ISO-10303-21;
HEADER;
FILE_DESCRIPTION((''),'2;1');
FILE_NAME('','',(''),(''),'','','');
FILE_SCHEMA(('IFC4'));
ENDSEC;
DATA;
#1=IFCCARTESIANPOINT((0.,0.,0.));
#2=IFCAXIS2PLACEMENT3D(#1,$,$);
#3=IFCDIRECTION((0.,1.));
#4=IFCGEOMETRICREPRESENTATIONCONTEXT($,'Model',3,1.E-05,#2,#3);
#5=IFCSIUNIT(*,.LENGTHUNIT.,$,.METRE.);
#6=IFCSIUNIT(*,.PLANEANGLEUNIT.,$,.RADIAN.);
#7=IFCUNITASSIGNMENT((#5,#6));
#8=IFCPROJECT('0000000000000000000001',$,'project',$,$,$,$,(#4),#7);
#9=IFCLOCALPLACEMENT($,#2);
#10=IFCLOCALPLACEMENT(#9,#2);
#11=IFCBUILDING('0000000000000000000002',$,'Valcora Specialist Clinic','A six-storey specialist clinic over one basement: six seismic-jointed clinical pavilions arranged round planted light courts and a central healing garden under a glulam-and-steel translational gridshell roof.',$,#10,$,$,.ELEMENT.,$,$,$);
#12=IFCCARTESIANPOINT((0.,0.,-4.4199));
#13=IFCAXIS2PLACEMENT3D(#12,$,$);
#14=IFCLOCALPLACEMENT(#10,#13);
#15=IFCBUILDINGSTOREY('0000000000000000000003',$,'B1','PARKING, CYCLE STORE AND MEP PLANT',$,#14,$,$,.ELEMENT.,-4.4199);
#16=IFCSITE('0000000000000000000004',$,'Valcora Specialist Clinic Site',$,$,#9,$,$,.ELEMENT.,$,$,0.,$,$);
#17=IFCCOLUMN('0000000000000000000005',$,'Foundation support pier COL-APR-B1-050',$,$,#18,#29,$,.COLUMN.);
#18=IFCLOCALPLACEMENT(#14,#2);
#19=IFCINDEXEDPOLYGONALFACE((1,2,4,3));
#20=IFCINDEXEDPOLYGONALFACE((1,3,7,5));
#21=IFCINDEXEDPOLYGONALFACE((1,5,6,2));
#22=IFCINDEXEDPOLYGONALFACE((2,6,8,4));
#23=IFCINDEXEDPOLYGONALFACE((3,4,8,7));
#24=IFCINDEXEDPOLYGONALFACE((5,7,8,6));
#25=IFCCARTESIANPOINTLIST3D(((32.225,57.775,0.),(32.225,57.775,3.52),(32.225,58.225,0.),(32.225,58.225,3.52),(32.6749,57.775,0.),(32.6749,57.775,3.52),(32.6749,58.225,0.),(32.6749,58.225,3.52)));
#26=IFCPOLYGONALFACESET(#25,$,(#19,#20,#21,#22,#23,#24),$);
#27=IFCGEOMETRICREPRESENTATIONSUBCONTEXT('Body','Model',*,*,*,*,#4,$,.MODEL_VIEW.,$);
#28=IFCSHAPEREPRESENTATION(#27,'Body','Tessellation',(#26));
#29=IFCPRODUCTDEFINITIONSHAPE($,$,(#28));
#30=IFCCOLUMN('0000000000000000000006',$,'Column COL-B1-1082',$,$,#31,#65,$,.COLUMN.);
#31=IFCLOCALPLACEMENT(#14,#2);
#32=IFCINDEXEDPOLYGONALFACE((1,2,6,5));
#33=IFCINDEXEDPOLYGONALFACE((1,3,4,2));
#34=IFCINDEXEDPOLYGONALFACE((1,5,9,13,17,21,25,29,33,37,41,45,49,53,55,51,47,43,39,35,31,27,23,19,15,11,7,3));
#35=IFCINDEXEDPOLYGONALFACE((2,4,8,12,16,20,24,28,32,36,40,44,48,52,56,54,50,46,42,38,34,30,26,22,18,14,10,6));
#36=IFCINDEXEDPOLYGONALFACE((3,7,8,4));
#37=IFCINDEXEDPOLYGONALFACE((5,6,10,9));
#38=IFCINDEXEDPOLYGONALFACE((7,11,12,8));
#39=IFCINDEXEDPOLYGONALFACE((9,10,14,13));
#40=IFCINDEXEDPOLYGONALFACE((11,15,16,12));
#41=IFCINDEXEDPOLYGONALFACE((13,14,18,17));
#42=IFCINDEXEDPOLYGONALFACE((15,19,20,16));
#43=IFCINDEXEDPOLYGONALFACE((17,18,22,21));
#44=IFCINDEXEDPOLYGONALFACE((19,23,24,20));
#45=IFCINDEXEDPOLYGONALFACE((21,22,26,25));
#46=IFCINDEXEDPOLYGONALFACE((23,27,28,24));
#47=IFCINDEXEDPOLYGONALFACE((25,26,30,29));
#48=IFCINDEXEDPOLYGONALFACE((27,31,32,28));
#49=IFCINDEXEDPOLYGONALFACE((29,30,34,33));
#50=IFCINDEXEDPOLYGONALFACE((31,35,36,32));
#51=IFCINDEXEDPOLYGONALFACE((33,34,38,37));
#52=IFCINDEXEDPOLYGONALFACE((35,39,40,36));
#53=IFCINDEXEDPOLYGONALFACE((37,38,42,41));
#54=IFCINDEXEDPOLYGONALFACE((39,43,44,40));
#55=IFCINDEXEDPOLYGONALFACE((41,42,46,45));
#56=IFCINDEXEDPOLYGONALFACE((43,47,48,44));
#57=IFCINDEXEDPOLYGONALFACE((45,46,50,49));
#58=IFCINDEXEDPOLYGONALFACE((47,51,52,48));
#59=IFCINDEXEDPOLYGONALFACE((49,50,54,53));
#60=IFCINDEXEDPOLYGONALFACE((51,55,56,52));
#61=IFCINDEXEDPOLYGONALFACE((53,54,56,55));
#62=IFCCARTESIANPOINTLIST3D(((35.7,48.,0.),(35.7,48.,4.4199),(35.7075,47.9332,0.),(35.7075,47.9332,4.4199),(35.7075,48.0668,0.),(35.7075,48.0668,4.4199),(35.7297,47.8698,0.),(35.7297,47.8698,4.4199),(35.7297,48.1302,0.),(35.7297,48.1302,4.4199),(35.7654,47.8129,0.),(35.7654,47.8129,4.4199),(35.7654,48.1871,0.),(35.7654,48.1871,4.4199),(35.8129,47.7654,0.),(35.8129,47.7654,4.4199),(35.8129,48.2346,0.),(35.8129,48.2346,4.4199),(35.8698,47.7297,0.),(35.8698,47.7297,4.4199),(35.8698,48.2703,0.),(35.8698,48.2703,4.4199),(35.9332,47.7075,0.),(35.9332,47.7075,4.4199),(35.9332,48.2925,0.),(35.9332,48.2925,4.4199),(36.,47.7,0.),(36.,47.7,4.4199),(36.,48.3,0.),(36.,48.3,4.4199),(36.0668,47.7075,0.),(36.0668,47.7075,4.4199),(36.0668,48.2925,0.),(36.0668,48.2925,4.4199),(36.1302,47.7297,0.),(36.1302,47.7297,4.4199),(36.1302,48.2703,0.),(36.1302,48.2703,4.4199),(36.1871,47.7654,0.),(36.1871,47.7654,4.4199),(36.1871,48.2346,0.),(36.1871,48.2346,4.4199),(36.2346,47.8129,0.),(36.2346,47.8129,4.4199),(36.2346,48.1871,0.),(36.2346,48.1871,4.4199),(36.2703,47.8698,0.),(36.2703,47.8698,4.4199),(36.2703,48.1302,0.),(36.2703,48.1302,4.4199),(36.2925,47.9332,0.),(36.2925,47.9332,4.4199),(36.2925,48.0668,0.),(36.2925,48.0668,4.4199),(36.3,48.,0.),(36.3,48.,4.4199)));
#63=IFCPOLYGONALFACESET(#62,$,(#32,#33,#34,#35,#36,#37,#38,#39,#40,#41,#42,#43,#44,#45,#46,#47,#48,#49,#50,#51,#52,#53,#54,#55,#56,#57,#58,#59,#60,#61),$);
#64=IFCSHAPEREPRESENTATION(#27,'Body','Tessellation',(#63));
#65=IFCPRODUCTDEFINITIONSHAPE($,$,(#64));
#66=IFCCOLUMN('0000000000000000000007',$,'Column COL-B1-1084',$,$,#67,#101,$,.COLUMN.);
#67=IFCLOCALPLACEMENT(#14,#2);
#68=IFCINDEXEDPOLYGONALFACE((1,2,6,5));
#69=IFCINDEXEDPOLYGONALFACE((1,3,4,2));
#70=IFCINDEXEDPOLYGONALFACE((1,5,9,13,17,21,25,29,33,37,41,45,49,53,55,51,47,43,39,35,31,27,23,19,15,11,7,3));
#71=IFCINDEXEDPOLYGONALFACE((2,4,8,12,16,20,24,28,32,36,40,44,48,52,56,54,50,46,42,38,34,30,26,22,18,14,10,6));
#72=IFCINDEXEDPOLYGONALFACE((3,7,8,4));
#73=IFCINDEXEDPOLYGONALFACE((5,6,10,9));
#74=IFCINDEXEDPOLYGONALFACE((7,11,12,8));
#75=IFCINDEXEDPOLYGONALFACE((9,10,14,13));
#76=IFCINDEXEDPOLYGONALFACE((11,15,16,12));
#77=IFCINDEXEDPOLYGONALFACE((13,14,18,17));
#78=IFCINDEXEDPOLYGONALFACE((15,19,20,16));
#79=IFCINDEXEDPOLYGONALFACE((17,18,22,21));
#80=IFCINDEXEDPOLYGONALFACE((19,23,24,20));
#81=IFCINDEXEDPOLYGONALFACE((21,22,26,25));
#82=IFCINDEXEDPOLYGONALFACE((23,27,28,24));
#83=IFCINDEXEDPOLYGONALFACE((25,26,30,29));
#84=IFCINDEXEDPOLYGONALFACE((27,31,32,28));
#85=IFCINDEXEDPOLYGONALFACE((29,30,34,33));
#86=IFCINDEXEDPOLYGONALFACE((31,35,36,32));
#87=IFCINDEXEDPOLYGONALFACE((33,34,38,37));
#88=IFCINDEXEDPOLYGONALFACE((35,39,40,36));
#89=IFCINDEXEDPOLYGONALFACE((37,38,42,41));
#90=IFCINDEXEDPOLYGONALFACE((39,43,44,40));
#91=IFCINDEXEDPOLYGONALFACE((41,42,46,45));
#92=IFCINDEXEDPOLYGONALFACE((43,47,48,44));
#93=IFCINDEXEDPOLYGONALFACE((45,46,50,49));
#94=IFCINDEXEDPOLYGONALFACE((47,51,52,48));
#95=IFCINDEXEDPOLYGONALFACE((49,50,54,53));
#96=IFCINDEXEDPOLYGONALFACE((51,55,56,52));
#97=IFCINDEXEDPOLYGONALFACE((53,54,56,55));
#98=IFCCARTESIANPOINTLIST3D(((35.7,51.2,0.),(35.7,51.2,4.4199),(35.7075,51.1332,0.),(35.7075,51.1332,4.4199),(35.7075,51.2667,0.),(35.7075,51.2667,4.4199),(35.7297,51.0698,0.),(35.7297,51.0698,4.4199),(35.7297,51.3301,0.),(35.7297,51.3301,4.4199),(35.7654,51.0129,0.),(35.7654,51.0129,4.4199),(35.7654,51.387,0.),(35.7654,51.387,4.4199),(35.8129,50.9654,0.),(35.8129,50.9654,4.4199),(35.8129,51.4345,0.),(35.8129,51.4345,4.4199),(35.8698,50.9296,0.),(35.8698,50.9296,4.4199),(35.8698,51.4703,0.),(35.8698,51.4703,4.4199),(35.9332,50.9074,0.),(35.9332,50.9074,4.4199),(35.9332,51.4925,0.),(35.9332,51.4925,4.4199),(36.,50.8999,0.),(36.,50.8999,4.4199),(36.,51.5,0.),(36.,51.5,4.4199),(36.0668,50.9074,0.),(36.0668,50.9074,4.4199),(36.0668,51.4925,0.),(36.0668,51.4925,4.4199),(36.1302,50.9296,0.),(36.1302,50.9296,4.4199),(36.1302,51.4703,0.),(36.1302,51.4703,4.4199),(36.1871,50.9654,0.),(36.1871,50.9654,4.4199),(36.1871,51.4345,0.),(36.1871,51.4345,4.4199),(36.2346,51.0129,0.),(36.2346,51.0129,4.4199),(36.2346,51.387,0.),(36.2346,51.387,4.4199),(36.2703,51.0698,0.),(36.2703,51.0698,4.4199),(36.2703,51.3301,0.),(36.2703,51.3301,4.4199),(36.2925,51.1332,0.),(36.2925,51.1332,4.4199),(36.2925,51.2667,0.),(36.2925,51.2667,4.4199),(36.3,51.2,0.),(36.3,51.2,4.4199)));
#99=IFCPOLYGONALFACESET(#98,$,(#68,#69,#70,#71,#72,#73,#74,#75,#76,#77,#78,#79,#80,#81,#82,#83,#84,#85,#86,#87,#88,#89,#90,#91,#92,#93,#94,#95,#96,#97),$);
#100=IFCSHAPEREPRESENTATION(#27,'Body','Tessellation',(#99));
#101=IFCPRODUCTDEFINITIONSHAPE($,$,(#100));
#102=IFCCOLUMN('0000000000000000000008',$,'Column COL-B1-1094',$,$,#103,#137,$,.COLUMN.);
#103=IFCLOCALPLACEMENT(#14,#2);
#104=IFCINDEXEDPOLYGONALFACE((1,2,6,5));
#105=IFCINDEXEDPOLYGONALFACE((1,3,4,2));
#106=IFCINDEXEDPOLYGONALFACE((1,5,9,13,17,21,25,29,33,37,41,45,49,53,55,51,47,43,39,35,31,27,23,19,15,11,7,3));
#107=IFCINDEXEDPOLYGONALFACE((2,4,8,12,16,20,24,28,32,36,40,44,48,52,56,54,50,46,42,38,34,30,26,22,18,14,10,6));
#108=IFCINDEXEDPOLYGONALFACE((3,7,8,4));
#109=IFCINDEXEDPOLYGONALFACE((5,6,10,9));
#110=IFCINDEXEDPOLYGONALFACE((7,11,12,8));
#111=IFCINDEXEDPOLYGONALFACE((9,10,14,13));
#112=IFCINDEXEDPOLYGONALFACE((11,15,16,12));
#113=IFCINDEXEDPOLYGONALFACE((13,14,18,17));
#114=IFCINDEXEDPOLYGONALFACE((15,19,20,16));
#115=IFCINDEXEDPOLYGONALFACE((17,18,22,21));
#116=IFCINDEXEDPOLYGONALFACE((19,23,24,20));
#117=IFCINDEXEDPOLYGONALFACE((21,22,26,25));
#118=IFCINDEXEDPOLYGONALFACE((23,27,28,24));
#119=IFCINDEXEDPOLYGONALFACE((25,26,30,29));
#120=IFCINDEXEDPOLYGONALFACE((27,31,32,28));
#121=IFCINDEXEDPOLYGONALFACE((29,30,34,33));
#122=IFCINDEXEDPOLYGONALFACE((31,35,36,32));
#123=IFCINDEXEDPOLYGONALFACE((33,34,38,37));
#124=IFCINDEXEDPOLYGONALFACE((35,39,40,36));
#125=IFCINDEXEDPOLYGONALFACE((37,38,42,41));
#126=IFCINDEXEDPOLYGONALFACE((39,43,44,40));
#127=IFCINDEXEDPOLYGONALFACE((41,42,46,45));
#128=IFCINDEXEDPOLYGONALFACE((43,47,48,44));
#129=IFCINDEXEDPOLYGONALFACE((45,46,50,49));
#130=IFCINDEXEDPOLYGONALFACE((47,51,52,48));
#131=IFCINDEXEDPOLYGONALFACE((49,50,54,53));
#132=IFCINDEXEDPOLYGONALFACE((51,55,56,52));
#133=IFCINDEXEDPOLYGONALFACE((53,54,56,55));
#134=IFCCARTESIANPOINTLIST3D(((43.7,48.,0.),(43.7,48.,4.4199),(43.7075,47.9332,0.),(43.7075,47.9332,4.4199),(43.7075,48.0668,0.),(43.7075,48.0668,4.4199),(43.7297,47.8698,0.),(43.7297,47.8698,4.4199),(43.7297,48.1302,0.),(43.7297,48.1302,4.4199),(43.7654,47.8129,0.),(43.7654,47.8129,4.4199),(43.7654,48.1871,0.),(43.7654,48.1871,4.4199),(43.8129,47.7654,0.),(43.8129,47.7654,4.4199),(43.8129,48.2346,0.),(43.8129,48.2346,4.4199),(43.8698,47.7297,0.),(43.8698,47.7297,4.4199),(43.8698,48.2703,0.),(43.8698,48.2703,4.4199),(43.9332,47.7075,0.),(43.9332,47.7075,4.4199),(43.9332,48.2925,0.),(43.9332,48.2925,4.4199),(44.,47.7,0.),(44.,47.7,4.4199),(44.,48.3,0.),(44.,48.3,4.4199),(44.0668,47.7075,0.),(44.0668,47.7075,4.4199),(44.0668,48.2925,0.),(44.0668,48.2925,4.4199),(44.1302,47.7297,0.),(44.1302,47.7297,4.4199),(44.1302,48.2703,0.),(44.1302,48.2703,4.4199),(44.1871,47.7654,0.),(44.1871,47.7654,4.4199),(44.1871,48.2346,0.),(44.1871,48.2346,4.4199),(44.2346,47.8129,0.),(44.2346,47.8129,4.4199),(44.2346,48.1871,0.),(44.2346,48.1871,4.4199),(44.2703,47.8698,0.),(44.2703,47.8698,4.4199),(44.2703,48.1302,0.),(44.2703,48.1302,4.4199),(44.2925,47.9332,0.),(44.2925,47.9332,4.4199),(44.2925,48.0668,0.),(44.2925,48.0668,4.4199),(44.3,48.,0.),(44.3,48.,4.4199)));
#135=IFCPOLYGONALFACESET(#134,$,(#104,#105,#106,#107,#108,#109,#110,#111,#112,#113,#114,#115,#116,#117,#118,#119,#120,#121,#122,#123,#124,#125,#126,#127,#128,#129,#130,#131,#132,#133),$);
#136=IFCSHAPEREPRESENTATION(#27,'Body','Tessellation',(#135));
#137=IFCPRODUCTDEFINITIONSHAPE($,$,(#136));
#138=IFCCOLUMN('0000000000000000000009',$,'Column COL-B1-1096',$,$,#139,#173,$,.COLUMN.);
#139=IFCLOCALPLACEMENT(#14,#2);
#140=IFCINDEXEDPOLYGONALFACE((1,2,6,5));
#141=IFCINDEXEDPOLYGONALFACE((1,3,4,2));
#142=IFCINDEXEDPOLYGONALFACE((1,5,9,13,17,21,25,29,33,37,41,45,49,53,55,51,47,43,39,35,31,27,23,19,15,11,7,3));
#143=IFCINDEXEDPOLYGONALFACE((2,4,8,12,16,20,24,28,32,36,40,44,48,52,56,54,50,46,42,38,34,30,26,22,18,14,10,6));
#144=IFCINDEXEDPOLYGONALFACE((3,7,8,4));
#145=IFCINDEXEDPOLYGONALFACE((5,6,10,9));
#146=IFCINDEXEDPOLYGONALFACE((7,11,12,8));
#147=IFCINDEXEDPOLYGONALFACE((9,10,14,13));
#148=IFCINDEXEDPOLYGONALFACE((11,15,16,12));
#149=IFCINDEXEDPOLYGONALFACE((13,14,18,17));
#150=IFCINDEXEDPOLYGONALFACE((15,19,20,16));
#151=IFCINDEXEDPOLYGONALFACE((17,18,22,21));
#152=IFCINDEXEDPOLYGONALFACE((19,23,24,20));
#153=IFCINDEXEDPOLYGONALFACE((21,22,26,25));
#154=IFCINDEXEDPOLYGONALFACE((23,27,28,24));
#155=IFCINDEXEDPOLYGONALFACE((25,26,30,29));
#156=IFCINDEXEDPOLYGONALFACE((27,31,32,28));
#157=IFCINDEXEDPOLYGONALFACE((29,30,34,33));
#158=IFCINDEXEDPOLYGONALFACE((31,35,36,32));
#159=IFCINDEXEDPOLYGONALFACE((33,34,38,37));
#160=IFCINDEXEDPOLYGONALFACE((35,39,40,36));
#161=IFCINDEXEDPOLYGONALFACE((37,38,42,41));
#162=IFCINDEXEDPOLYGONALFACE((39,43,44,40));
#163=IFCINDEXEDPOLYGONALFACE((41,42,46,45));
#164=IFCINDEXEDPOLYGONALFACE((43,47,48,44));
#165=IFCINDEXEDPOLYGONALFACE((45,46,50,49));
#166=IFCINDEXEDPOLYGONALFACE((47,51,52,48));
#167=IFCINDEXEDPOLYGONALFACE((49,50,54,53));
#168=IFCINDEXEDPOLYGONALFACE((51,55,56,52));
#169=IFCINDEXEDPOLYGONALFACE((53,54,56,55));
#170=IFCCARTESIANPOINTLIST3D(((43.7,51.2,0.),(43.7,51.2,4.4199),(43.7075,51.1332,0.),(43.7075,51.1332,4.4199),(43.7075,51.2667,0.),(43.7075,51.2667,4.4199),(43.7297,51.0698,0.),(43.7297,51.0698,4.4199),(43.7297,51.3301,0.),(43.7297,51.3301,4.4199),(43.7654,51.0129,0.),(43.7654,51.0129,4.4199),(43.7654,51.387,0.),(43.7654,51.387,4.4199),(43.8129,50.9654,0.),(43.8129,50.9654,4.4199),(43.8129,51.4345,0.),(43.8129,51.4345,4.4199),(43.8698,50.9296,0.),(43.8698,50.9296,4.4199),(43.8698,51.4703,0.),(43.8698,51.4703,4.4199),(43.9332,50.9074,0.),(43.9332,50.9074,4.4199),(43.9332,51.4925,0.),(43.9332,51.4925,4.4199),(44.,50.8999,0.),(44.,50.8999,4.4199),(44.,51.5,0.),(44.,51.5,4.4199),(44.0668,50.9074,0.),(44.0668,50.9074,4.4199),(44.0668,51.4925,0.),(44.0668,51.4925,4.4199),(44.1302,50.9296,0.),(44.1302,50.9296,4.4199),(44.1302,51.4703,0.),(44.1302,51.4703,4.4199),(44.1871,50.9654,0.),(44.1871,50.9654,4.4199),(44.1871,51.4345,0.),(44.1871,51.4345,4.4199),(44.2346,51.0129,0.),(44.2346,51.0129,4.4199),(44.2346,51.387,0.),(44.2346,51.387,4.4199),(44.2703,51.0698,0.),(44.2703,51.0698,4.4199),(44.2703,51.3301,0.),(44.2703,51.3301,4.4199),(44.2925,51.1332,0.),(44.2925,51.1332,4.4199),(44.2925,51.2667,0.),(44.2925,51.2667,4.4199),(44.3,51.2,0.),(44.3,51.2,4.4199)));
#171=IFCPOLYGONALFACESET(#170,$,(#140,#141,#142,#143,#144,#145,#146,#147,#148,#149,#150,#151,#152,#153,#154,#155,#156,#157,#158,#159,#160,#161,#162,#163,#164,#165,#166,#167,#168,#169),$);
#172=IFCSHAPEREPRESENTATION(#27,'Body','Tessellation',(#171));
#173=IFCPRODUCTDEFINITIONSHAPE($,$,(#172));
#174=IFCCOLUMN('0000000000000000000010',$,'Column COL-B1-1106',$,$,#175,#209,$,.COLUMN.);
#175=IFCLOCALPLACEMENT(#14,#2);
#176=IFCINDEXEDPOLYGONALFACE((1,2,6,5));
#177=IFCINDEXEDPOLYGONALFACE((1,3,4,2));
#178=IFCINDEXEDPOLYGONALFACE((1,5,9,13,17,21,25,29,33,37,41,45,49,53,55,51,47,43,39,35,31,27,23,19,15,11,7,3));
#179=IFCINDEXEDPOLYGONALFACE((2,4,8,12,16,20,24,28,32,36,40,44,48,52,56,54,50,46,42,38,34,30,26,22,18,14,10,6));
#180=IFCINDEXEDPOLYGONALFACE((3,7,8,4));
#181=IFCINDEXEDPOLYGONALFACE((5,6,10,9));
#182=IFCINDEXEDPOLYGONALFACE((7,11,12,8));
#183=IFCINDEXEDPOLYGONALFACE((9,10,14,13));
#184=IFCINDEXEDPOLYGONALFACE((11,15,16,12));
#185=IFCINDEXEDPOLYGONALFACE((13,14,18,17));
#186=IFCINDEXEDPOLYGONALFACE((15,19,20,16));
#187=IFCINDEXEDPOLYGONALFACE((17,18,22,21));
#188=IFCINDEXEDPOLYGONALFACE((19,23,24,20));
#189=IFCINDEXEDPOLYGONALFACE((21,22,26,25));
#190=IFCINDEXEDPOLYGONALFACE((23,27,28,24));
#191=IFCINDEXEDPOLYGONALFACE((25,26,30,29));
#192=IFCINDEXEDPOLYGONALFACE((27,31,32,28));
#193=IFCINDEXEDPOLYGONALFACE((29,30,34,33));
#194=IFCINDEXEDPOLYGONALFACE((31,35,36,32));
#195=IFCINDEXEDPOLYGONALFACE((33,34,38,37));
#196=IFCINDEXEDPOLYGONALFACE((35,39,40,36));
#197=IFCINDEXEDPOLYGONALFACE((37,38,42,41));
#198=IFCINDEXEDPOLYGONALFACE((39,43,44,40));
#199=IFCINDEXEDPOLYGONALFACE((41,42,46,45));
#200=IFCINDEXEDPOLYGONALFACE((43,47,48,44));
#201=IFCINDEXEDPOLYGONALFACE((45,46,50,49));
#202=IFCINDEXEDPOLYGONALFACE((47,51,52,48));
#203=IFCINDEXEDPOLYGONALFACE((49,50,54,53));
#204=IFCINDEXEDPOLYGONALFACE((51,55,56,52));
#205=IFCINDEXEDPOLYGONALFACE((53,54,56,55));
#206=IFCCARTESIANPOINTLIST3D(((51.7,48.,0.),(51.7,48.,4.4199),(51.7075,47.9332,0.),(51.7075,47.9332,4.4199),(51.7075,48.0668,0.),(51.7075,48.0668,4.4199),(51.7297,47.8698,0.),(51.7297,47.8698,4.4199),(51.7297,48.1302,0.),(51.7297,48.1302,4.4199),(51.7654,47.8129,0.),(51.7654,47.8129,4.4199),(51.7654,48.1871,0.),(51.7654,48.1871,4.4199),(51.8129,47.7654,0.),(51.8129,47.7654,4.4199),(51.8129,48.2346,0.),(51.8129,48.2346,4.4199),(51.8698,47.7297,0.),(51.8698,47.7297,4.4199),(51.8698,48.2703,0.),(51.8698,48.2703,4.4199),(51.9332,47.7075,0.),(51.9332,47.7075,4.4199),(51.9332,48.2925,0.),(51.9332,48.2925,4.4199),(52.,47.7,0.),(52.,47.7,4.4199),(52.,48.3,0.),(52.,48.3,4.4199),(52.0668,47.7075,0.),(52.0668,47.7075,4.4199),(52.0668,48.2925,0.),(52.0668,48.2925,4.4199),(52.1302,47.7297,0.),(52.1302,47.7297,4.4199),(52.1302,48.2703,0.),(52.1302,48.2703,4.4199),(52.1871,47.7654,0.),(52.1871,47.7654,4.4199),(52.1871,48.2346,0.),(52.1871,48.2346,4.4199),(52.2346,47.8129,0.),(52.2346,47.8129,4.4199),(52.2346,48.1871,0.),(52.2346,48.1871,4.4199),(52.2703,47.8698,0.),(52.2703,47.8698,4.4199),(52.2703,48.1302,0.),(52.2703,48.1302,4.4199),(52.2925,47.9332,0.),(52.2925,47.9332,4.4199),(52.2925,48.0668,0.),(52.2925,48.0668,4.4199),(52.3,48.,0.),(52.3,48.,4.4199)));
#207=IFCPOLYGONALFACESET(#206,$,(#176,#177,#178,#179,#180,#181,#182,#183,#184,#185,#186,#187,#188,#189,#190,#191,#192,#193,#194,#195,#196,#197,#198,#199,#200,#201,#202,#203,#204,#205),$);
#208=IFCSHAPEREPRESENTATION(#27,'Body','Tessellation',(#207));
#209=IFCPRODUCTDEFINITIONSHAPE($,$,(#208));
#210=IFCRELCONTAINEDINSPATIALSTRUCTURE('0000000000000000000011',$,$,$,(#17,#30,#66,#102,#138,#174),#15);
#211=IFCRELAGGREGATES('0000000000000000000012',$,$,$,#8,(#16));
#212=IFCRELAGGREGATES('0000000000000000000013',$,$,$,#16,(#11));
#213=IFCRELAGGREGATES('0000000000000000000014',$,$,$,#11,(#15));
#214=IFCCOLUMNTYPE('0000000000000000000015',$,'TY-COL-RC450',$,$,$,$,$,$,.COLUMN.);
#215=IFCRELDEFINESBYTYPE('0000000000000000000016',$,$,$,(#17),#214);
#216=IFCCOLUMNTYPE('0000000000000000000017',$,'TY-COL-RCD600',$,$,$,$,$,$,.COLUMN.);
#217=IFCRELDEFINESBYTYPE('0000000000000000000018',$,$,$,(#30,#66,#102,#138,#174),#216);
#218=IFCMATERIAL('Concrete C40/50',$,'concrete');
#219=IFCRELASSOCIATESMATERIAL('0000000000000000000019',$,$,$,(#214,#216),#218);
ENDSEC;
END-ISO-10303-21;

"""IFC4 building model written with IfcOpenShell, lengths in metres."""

from ifc_helpers import new_model, si_unit, direction, frame, origin, origin_2d, place, context, subcontext, project, spatial, rectangle, circle, extrude, material, material_profile, profile_set, type_object, element, save


model = new_model("IFC4")

# Units and contexts
model_context = context("Model", 3, precision=1e-05, world=origin(), true_north=direction((0.0, 1.0)))
body_context = subcontext(model_context, "Body", "Model", "MODEL_VIEW")
ifc_project = project(units=[si_unit("LENGTHUNIT", "METRE"), si_unit("PLANEANGLEUNIT", "RADIAN")], contexts=[model_context])

# Site, building, storey
site_placement = place(None, origin())
site = spatial("IfcSite", under=ifc_project, at=site_placement, Name="Valcora Specialist Clinic Site", CompositionType="ELEMENT", RefElevation=0.0)
building_placement = place(site_placement, origin())
building = spatial("IfcBuilding", under=site, at=building_placement, Name="Valcora Specialist Clinic", Description="A six-storey specialist clinic over one basement: six seismic-jointed clinical pavilions arranged round planted light courts and a central healing garden under a glulam-and-steel translational gridshell roof.", CompositionType="ELEMENT")
storey_placement = place(building_placement, frame((0.0, 0.0, -4.4199)))
storey = spatial("IfcBuildingStorey", under=building, at=storey_placement, Name="B1", Description="PARKING, CYCLE STORE AND MEP PLANT", CompositionType="ELEMENT", Elevation=-4.4199)

# Columns
ifc_material_1 = material(Name="Concrete C40/50", Category="concrete")
ifc_material_profile_1 = material_profile(ifc_material_1, rectangle(XDim=0.45, YDim=0.45, at=origin_2d()), Name="RC-COL-450X450")
ifc_profile_set_1 = profile_set([ifc_material_profile_1], Name="Concrete C40/50")
column_type_1 = type_object("IfcColumnType", Name="TY-COL-RC450", PredefinedType="COLUMN", material=ifc_profile_set_1)
for number, where, z_axis, x_axis, name in (
    (1, (32.45, 58.0, 0.0), (0.0, 0.0, 1.0), (1.0, 0.0, 0.0), "Foundation support pier COL-APR-B1-050"),
):
    element("IfcColumn", number, at=place(storey_placement, frame(where, z_axis=z_axis, x_axis=x_axis)), inside=storey, type_object=column_type_1, Name=name, PredefinedType="COLUMN", context=body_context, shape_type="SweptSolid", body=[
        extrude(rectangle(XDim=0.45, YDim=0.45, at=origin_2d()), origin(), (0.0, 0.0, 1.0), 3.52),
    ])
ifc_material_profile_2 = material_profile(ifc_material_1, circle(Radius=0.3, at=origin_2d()), Name="RC-COL-D600")
ifc_profile_set_2 = profile_set([ifc_material_profile_2], Name="Concrete C40/50")
column_type_2 = type_object("IfcColumnType", Name="TY-COL-RCD600", PredefinedType="COLUMN", material=ifc_profile_set_2)
for number, where, z_axis, x_axis, name in (
    (2, (36.0, 48.0, 0.0), (0.0, 0.0, 1.0), (1.0, 0.0, 0.0), "Column COL-B1-1082"),
    (3, (36.0, 51.2, 0.0), (0.0, 0.0, 1.0), (1.0, 0.0, 0.0), "Column COL-B1-1084"),
    (4, (44.0, 48.0, 0.0), (0.0, 0.0, 1.0), (1.0, 0.0, 0.0), "Column COL-B1-1094"),
    (5, (44.0, 51.2, 0.0), (0.0, 0.0, 1.0), (1.0, 0.0, 0.0), "Column COL-B1-1096"),
    (6, (52.0, 48.0, 0.0), (0.0, 0.0, 1.0), (1.0, 0.0, 0.0), "Column COL-B1-1106"),
):
    element("IfcColumn", number, at=place(storey_placement, frame(where, z_axis=z_axis, x_axis=x_axis)), inside=storey, type_object=column_type_2, Name=name, PredefinedType="COLUMN", context=body_context, shape_type="SweptSolid", body=[
        extrude(circle(Radius=0.3, at=origin_2d()), origin(), (0.0, 0.0, 1.0), 4.4199),
    ])

save(model, "model.ifc")
